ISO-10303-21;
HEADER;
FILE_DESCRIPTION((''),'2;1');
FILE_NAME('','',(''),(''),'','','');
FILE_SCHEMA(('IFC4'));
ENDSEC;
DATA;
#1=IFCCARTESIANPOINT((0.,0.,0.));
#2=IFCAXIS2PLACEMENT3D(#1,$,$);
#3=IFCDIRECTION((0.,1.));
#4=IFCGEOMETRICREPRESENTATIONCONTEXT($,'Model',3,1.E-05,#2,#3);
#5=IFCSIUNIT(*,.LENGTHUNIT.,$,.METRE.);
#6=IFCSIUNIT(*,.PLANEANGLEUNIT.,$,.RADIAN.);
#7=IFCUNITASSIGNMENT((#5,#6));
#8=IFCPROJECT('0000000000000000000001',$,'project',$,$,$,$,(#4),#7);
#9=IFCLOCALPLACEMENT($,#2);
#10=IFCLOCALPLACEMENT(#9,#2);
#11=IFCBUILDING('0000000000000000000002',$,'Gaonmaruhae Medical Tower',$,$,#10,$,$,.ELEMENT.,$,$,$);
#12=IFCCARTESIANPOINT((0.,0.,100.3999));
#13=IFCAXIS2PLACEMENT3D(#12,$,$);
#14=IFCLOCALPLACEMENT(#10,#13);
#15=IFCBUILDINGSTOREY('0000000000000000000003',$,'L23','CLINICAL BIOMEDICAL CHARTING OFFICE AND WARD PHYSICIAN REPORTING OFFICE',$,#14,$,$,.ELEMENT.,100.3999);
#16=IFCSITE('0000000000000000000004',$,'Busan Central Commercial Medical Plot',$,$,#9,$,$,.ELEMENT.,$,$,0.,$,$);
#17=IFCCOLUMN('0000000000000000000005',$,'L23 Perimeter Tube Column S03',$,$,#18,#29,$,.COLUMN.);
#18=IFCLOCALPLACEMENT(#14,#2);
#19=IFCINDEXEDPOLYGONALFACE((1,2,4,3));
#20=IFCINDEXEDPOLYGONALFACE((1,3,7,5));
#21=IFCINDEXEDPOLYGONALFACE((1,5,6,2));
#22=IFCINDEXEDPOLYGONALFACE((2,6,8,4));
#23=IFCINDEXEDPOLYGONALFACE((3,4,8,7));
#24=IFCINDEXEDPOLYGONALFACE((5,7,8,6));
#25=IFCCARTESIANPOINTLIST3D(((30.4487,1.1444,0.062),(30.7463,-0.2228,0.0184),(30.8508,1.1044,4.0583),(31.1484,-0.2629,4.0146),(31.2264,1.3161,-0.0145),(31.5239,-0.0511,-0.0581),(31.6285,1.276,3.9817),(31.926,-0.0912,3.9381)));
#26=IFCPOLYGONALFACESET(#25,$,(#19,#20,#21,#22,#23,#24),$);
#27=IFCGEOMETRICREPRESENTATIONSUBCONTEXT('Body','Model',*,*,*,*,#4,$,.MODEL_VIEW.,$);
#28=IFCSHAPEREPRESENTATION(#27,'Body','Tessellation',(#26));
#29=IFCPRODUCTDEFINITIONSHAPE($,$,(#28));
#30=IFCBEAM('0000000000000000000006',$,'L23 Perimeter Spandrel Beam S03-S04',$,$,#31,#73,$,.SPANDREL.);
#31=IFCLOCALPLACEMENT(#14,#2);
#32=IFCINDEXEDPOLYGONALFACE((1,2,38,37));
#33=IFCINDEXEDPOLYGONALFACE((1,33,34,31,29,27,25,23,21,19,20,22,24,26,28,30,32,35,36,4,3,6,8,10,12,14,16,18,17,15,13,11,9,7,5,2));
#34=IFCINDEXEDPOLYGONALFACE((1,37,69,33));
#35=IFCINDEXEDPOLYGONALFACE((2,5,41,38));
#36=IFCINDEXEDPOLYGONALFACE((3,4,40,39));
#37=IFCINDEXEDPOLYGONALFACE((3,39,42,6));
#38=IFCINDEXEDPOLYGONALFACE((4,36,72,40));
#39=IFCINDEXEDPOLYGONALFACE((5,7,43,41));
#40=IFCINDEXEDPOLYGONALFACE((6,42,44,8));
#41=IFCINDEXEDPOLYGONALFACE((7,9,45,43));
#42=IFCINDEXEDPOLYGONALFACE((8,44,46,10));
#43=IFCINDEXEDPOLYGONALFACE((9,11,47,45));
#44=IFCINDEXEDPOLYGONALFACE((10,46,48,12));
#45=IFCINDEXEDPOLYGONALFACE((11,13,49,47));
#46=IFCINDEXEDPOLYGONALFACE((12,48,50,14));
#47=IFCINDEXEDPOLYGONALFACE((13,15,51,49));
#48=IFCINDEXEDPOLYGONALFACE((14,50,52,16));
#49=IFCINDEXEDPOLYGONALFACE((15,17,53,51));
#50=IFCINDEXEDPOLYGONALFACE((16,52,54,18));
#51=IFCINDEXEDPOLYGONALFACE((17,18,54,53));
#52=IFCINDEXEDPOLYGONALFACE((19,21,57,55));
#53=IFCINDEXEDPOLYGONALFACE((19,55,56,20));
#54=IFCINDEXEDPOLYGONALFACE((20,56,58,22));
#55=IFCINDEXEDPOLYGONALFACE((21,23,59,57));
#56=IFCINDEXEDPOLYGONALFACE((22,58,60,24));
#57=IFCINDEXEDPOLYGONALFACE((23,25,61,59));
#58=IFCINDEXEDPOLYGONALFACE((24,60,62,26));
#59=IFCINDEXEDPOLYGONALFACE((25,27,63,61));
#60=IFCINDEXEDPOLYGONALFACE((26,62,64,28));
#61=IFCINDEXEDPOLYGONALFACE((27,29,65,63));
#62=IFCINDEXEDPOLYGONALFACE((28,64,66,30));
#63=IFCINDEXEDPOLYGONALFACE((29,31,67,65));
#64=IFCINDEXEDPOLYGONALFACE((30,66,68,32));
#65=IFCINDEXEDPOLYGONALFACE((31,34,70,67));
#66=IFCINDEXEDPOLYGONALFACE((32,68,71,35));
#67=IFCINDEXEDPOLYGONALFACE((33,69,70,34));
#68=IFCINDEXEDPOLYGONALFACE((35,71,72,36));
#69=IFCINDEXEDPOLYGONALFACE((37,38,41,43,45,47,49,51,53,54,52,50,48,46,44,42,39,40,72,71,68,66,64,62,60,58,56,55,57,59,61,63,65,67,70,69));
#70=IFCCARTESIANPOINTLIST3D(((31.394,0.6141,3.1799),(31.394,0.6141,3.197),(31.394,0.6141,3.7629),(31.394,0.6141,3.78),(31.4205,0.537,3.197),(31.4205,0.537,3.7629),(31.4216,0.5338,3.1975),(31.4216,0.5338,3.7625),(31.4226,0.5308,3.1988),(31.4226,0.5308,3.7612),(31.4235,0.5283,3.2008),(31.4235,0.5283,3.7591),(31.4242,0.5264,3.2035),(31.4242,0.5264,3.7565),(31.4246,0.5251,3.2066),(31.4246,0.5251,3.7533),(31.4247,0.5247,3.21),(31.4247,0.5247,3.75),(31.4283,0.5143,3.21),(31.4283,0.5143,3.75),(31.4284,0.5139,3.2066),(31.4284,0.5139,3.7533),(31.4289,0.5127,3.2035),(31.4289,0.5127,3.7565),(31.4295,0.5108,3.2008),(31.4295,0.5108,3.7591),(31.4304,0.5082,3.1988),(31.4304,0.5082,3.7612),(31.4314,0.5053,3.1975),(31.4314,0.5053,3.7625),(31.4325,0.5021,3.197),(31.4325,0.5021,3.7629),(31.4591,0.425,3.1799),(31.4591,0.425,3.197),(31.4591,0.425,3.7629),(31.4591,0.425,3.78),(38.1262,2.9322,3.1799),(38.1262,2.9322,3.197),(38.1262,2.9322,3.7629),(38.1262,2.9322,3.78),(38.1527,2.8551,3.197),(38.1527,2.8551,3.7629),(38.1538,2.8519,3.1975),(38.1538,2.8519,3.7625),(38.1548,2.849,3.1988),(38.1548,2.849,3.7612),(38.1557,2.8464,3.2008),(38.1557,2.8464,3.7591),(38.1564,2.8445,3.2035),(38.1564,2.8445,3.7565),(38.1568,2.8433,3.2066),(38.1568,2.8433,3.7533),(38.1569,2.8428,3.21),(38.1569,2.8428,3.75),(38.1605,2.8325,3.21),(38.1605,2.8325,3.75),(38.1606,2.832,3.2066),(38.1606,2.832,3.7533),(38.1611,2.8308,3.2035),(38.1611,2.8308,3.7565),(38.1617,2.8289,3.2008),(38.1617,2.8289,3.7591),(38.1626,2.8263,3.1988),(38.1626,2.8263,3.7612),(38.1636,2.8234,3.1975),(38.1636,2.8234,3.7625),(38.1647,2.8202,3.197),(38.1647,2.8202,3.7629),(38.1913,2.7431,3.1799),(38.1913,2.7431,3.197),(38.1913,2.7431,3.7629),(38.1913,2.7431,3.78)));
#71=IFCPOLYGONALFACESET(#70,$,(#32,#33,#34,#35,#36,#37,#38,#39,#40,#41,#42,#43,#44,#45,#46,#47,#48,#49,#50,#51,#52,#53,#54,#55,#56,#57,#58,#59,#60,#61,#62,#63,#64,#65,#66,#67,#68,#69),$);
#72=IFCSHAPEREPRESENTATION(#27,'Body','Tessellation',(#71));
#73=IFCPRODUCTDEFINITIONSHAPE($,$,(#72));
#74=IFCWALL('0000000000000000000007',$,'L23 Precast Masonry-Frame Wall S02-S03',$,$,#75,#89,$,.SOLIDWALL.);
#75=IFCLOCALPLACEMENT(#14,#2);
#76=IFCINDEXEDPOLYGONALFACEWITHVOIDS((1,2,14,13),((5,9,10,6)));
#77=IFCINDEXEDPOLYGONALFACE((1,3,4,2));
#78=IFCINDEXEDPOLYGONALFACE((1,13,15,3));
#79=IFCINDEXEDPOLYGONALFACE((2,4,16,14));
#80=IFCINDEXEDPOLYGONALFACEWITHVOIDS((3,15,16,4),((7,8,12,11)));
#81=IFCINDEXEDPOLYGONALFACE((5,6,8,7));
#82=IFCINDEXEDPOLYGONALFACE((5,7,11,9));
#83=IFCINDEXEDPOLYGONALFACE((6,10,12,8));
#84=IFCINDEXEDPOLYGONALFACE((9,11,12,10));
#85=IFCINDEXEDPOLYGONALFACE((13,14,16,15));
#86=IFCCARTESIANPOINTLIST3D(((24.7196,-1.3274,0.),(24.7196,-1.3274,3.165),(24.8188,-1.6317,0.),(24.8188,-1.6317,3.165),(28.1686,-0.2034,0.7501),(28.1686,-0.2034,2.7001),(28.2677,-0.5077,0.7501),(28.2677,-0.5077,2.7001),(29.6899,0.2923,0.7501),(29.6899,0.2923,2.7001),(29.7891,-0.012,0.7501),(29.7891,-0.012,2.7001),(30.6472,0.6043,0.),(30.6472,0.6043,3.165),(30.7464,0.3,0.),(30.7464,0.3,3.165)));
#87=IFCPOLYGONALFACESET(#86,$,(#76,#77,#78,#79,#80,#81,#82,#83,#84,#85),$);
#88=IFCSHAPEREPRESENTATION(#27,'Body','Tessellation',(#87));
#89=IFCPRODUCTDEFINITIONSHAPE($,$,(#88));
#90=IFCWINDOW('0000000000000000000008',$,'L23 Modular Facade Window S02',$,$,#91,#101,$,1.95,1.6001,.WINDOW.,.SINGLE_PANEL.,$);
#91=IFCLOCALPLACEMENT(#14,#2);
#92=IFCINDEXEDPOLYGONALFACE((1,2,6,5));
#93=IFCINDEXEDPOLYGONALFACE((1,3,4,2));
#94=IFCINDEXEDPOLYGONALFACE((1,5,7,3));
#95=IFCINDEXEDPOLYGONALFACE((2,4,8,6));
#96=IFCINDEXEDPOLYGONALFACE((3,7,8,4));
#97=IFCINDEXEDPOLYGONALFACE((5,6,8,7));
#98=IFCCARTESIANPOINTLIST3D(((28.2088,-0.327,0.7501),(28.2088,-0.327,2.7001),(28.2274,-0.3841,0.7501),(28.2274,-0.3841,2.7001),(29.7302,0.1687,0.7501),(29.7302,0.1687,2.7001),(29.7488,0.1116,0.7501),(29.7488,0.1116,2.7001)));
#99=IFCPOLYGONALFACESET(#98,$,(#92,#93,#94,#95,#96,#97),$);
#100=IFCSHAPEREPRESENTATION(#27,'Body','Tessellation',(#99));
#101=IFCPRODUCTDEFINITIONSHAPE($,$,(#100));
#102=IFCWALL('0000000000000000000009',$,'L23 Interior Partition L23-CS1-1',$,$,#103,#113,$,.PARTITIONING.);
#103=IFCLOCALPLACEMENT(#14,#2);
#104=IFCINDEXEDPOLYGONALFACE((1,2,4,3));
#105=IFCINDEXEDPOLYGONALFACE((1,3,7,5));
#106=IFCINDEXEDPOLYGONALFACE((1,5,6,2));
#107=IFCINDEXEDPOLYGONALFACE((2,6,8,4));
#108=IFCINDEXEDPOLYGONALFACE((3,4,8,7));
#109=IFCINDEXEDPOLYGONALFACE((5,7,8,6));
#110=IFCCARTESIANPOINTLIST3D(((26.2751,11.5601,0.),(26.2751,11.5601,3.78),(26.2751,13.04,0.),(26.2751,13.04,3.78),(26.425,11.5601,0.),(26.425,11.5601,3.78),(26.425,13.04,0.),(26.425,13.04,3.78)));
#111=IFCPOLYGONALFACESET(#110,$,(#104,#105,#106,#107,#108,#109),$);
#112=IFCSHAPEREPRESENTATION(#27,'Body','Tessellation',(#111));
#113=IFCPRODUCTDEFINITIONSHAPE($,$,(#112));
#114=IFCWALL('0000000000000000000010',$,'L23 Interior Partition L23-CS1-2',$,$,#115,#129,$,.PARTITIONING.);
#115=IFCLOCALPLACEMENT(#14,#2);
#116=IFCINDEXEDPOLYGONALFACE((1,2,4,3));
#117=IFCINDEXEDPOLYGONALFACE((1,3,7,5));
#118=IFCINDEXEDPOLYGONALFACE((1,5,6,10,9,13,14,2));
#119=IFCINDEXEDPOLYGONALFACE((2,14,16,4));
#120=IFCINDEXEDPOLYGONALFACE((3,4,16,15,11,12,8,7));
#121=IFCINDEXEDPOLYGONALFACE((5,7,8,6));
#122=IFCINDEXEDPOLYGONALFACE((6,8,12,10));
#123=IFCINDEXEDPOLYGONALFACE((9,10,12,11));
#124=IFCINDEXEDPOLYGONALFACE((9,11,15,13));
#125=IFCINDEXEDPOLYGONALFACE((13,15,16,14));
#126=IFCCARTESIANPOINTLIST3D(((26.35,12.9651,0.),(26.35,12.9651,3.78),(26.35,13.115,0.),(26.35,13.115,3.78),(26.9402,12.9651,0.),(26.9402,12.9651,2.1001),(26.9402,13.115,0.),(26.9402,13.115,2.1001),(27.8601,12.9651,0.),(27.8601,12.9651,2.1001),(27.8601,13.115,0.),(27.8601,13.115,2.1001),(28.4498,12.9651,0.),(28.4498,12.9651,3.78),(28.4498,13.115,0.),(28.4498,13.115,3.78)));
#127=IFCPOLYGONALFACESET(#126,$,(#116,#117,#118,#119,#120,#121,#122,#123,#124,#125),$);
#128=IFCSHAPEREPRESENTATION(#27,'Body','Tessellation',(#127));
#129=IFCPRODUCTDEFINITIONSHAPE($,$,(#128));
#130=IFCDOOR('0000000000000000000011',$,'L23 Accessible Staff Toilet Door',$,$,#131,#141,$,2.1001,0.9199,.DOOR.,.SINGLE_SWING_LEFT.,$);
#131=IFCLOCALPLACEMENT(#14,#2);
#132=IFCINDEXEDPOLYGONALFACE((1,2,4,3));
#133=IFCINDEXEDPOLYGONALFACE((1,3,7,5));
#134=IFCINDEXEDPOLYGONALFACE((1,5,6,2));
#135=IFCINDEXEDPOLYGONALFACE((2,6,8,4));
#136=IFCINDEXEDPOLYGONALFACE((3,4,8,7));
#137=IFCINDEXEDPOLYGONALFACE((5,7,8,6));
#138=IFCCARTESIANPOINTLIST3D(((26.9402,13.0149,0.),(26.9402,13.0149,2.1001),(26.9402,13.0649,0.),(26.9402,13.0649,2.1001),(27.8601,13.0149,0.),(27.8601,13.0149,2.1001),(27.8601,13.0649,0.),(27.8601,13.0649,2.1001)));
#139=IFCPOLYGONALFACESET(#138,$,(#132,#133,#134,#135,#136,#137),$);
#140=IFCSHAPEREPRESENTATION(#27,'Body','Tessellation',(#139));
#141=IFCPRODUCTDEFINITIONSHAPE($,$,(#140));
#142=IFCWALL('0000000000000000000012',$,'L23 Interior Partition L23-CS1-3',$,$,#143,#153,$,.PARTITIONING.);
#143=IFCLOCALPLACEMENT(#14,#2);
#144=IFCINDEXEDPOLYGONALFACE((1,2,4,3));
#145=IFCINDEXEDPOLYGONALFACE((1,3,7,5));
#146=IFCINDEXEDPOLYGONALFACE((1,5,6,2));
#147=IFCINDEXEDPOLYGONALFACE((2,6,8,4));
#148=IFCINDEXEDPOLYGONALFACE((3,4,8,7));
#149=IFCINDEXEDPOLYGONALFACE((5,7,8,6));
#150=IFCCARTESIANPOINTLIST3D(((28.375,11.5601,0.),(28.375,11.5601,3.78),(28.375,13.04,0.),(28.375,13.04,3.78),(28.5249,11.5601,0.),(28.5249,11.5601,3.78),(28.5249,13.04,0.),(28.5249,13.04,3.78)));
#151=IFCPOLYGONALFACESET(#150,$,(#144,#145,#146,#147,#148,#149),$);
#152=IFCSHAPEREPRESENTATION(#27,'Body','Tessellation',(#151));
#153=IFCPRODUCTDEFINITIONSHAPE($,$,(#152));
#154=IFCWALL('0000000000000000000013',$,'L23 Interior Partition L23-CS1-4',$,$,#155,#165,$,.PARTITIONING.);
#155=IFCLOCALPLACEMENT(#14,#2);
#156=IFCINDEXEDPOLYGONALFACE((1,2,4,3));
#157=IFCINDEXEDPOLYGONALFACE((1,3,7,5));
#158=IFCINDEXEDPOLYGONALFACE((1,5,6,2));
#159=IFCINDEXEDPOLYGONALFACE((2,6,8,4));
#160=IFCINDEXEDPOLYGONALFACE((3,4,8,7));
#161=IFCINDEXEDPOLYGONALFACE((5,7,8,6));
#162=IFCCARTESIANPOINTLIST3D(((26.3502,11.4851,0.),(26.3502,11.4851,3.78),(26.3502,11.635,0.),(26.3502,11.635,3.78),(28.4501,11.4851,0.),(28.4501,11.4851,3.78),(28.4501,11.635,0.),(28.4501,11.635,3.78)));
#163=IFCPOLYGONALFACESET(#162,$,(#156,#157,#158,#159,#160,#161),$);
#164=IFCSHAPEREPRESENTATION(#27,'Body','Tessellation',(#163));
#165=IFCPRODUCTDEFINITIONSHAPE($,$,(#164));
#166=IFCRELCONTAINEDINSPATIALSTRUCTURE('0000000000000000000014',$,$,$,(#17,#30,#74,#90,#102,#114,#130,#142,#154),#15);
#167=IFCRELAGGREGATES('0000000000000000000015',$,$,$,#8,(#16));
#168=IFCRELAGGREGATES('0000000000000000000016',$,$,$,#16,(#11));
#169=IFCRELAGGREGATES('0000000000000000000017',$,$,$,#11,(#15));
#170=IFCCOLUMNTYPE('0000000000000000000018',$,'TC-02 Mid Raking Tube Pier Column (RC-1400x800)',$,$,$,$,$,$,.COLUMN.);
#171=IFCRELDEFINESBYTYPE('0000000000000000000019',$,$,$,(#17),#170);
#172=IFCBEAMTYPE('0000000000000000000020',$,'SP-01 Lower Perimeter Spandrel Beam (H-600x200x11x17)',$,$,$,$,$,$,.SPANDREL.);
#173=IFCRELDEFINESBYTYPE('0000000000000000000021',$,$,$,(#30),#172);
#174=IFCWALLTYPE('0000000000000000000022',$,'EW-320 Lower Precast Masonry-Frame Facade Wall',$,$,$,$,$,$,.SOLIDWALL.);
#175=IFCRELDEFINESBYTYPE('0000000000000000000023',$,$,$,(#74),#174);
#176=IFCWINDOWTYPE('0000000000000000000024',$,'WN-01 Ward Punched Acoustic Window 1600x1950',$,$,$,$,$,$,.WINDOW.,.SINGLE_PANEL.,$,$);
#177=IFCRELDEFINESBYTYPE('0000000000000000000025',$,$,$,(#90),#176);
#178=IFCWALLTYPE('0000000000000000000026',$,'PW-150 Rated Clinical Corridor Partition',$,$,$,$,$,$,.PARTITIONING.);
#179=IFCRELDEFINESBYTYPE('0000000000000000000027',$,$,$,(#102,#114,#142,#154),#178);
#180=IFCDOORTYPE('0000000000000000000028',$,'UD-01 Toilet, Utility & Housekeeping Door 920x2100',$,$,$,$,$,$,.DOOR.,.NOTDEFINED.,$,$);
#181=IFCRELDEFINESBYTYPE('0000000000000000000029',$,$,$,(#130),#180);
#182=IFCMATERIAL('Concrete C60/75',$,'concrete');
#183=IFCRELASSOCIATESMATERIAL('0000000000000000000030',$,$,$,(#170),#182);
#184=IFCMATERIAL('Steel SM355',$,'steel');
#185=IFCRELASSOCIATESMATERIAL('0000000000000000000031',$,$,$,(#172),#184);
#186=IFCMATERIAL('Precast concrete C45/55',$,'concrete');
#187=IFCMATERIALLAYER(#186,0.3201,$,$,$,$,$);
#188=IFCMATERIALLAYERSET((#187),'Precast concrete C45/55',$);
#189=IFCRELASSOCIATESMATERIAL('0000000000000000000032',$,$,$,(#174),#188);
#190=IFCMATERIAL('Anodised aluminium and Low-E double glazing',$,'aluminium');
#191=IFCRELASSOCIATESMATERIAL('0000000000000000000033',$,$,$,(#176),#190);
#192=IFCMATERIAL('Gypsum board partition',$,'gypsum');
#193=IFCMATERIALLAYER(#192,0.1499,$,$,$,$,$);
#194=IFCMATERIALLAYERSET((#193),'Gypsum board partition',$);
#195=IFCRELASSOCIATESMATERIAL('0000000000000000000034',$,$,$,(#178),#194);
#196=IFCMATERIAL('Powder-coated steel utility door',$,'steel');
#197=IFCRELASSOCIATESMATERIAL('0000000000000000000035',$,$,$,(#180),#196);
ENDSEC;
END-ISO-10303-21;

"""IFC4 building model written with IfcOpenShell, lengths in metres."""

from ifc_helpers import new_model, si_unit, direction, frame, frame_2d, origin, origin_2d, place, context, subcontext, project, spatial, rectangle, i_section, extrude, material, layer, layer_set, material_profile, profile_set, type_object, element, fill, save


model = new_model("IFC4")

# Units and contexts
model_context = context("Model", 3, precision=1e-05, world=origin(), true_north=direction((0.0, 1.0)))
body_context = subcontext(model_context, "Body", "Model", "MODEL_VIEW")
ifc_project = project(units=[si_unit("LENGTHUNIT", "METRE"), si_unit("PLANEANGLEUNIT", "RADIAN")], contexts=[model_context])

# Site, building, storey
site_placement = place(None, origin())
site = spatial("IfcSite", under=ifc_project, at=site_placement, Name="Busan Central Commercial Medical Plot", CompositionType="ELEMENT", RefElevation=0.0)
building_placement = place(site_placement, origin())
building = spatial("IfcBuilding", under=site, at=building_placement, Name="Gaonmaruhae Medical Tower", CompositionType="ELEMENT")
storey_placement = place(building_placement, frame((0.0, 0.0, 100.3999)))
storey = spatial("IfcBuildingStorey", under=building, at=storey_placement, Name="L23", Description="CLINICAL BIOMEDICAL CHARTING OFFICE AND WARD PHYSICIAN REPORTING OFFICE", CompositionType="ELEMENT", Elevation=100.3999)

# Column
ifc_material_1 = material(Name="Concrete C60/75", Category="concrete")
ifc_material_profile_1 = material_profile(ifc_material_1, rectangle(XDim=1.3999, YDim=0.8, at=origin_2d()), Name="RC-1400x800")
ifc_profile_set_1 = profile_set([ifc_material_profile_1], Name="Concrete C60/75")
column_type = type_object("IfcColumnType", Name="TC-02 Mid Raking Tube Pier Column (RC-1400x800)", PredefinedType="COLUMN", material=ifc_profile_set_1)
column_placement = place(storey_placement, frame((30.9863, 0.5466, 0.002), z_axis=(0.100107, -0.009968, 0.994927), x_axis=(-0.212549, 0.976653, 0.031171)))
element("IfcColumn", 1, at=column_placement, inside=storey, type_object=column_type, Name="L23 Perimeter Tube Column S03", PredefinedType="COLUMN", context=body_context, shape_type="SweptSolid", body=[
    extrude(rectangle(XDim=1.3999, YDim=0.8, at=origin_2d()), origin(), (0.0, 0.0, 1.0), 4.0166),
])

# Beam
ifc_material_2 = material(Name="Steel SM355", Category="steel")
ifc_material_profile_2 = material_profile(ifc_material_2, i_section(OverallWidth=0.2, OverallDepth=0.6001, WebThickness=0.011, FlangeThickness=0.0171, FilletRadius=0.0129, at=origin_2d()), Name="H-600x200x11x17")
ifc_profile_set_2 = profile_set([ifc_material_profile_2], Name="Steel SM355")
beam_type = type_object("IfcBeamType", Name="SP-01 Lower Perimeter Spandrel Beam (H-600x200x11x17)", PredefinedType="SPANDREL", material=ifc_profile_set_2)
beam_placement = place(storey_placement, frame((31.4265, 0.5195, 3.48), z_axis=(0.945517, 0.325573, 0.0), x_axis=(-0.325573, 0.945517, 0.0)))
element("IfcBeam", 2, at=beam_placement, inside=storey, type_object=beam_type, Name="L23 Perimeter Spandrel Beam S03-S04", PredefinedType="SPANDREL", context=body_context, shape_type="SweptSolid", body=[
    extrude(i_section(OverallWidth=0.2, OverallDepth=0.6001, WebThickness=0.011, FlangeThickness=0.0171, FilletRadius=0.0129, at=origin_2d()), origin(), (0.0, 0.0, 1.0), 7.1201),
])

# Wall, opening, window
ifc_material_3 = material(Name="Precast concrete C45/55", Category="concrete")
ifc_layer_1 = layer(ifc_material_3, 0.3201)
ifc_layer_set_1 = layer_set([ifc_layer_1], Name="Precast concrete C45/55")
wall_type_1 = type_object("IfcWallType", Name="EW-320 Lower Precast Masonry-Frame Facade Wall", PredefinedType="SOLIDWALL", material=ifc_layer_set_1)
wall_1_placement = place(storey_placement, frame((30.6968, 0.4521, 0.0), z_axis=(0.0, 0.0, 1.0), x_axis=(-0.950788, -0.309841, 0.0)))
wall_1 = element("IfcWall", 3, at=wall_1_placement, inside=storey, type_object=wall_type_1, Name="L23 Precast Masonry-Frame Wall S02-S03", PredefinedType="SOLIDWALL", context=body_context, shape_type="SweptSolid", body=[
    extrude(rectangle(XDim=6.2344, YDim=0.3201, at=frame_2d((3.1172, 0.0))), origin(), (0.0, 0.0, 1.0), 3.165),
])
opening_1_placement = place(wall_1_placement, frame((1.0068, 0.0, 0.75)))
opening_1 = element("IfcOpeningElement", 4, at=opening_1_placement, cuts=wall_1, PredefinedType="OPENING", context=body_context, shape_type="SweptSolid", body=[
    extrude(rectangle(XDim=1.6001, YDim=1.95, at=frame_2d((0.8, 0.9751))), frame((0.0, 0.1699, 0.0), z_axis=(0.0, -1.0, 0.0), x_axis=(1.0, 0.0, 0.0)), (0.0, 0.0, 1.0), 0.3401),
])
ifc_material_4 = material(Name="Anodised aluminium and Low-E double glazing", Category="aluminium")
window_type = type_object("IfcWindowType", Name="WN-01 Ward Punched Acoustic Window 1600x1950", PartitioningType="SINGLE_PANEL", PredefinedType="WINDOW", material=ifc_material_4)
window_placement = place(opening_1_placement, origin())
window = element("IfcWindow", 5, at=window_placement, inside=storey, type_object=window_type, Name="L23 Modular Facade Window S02", OverallHeight=1.95, OverallWidth=1.6001, PartitioningType="SINGLE_PANEL", PredefinedType="WINDOW", context=body_context, shape_type="SweptSolid", body=[
    extrude(rectangle(XDim=1.6001, YDim=1.95, at=frame_2d((0.8, 0.9751))), frame((0.0, 0.03, 0.0), z_axis=(0.0, -1.0, 0.0), x_axis=(1.0, 0.0, 0.0)), (0.0, 0.0, 1.0), 0.0601),
])
fill(opening_1, window)

# Wall
ifc_material_5 = material(Name="Gypsum board partition", Category="gypsum")
ifc_layer_2 = layer(ifc_material_5, 0.1499)
ifc_layer_set_2 = layer_set([ifc_layer_2], Name="Gypsum board partition")
wall_type_2 = type_object("IfcWallType", Name="PW-150 Rated Clinical Corridor Partition", PredefinedType="PARTITIONING", material=ifc_layer_set_2)
wall_2_placement = place(storey_placement, frame((26.3501, 11.5601, 0.0), z_axis=(0.0, 0.0, 1.0), x_axis=(0.0, 1.0, 0.0)))
element("IfcWall", 6, at=wall_2_placement, inside=storey, type_object=wall_type_2, Name="L23 Interior Partition L23-CS1-1", PredefinedType="PARTITIONING", context=body_context, shape_type="SweptSolid", body=[
    extrude(rectangle(XDim=1.48, YDim=0.1499, at=frame_2d((0.74, 0.0))), origin(), (0.0, 0.0, 1.0), 3.78),
])

# Wall, opening, door
wall_3_placement = place(storey_placement, frame((26.3501, 13.04, 0.0), z_axis=(0.0, 0.0, 1.0), x_axis=(1.0, 0.0, 0.0)))
wall_3 = element("IfcWall", 7, at=wall_3_placement, inside=storey, type_object=wall_type_2, Name="L23 Interior Partition L23-CS1-2", PredefinedType="PARTITIONING", context=body_context, shape_type="SweptSolid", body=[
    extrude(rectangle(XDim=2.0999, YDim=0.1499, at=frame_2d((1.0498, 0.0))), origin(), (0.0, 0.0, 1.0), 3.78),
])
opening_2_placement = place(wall_3_placement, frame((0.5901, 0.0, 0.0)))
opening_2 = element("IfcOpeningElement", 8, at=opening_2_placement, cuts=wall_3, PredefinedType="OPENING", context=body_context, shape_type="SweptSolid", body=[
    extrude(rectangle(XDim=0.9199, YDim=2.1001, at=frame_2d((0.46, 1.05))), frame((0.0, 0.085, 0.0), z_axis=(0.0, -1.0, 0.0), x_axis=(1.0, 0.0, 0.0)), (0.0, 0.0, 1.0), 0.1699),
])
ifc_material_6 = material(Name="Powder-coated steel utility door", Category="steel")
door_type_1 = type_object("IfcDoorType", Name="UD-01 Toilet, Utility & Housekeeping Door 920x2100", OperationType="NOTDEFINED", PredefinedType="DOOR", material=ifc_material_6)
door_1_placement = place(opening_2_placement, origin())
door_1 = element("IfcDoor", 9, at=door_1_placement, inside=storey, type_object=door_type_1, Name="L23 Accessible Staff Toilet Door", OperationType="SINGLE_SWING_LEFT", OverallHeight=2.1001, OverallWidth=0.9199, PredefinedType="DOOR", context=body_context, shape_type="SweptSolid", body=[
    extrude(rectangle(XDim=0.9199, YDim=2.1001, at=frame_2d((0.46, 1.05))), frame((0.0, 0.0249, 0.0), z_axis=(0.0, -1.0, 0.0), x_axis=(1.0, 0.0, 0.0)), (0.0, 0.0, 1.0), 0.05),
])
fill(opening_2, door_1)

# Walls
wall_4_placement = place(storey_placement, frame((28.45, 13.04, 0.0), z_axis=(0.0, 0.0, 1.0), x_axis=(0.0, -1.0, 0.0)))
element("IfcWall", 10, at=wall_4_placement, inside=storey, type_object=wall_type_2, Name="L23 Interior Partition L23-CS1-3", PredefinedType="PARTITIONING", context=body_context, shape_type="SweptSolid", body=[
    extrude(rectangle(XDim=1.48, YDim=0.1499, at=frame_2d((0.74, 0.0))), origin(), (0.0, 0.0, 1.0), 3.78),
])
wall_5_placement = place(storey_placement, frame((28.45, 11.5601, 0.0), z_axis=(0.0, 0.0, 1.0), x_axis=(-1.0, 0.0, 0.0)))
element("IfcWall", 11, at=wall_5_placement, inside=storey, type_object=wall_type_2, Name="L23 Interior Partition L23-CS1-4", PredefinedType="PARTITIONING", context=body_context, shape_type="SweptSolid", body=[
    extrude(rectangle(XDim=2.0999, YDim=0.1499, at=frame_2d((1.0498, 0.0))), origin(), (0.0, 0.0, 1.0), 3.78),
])

save(model, "model.ifc")
